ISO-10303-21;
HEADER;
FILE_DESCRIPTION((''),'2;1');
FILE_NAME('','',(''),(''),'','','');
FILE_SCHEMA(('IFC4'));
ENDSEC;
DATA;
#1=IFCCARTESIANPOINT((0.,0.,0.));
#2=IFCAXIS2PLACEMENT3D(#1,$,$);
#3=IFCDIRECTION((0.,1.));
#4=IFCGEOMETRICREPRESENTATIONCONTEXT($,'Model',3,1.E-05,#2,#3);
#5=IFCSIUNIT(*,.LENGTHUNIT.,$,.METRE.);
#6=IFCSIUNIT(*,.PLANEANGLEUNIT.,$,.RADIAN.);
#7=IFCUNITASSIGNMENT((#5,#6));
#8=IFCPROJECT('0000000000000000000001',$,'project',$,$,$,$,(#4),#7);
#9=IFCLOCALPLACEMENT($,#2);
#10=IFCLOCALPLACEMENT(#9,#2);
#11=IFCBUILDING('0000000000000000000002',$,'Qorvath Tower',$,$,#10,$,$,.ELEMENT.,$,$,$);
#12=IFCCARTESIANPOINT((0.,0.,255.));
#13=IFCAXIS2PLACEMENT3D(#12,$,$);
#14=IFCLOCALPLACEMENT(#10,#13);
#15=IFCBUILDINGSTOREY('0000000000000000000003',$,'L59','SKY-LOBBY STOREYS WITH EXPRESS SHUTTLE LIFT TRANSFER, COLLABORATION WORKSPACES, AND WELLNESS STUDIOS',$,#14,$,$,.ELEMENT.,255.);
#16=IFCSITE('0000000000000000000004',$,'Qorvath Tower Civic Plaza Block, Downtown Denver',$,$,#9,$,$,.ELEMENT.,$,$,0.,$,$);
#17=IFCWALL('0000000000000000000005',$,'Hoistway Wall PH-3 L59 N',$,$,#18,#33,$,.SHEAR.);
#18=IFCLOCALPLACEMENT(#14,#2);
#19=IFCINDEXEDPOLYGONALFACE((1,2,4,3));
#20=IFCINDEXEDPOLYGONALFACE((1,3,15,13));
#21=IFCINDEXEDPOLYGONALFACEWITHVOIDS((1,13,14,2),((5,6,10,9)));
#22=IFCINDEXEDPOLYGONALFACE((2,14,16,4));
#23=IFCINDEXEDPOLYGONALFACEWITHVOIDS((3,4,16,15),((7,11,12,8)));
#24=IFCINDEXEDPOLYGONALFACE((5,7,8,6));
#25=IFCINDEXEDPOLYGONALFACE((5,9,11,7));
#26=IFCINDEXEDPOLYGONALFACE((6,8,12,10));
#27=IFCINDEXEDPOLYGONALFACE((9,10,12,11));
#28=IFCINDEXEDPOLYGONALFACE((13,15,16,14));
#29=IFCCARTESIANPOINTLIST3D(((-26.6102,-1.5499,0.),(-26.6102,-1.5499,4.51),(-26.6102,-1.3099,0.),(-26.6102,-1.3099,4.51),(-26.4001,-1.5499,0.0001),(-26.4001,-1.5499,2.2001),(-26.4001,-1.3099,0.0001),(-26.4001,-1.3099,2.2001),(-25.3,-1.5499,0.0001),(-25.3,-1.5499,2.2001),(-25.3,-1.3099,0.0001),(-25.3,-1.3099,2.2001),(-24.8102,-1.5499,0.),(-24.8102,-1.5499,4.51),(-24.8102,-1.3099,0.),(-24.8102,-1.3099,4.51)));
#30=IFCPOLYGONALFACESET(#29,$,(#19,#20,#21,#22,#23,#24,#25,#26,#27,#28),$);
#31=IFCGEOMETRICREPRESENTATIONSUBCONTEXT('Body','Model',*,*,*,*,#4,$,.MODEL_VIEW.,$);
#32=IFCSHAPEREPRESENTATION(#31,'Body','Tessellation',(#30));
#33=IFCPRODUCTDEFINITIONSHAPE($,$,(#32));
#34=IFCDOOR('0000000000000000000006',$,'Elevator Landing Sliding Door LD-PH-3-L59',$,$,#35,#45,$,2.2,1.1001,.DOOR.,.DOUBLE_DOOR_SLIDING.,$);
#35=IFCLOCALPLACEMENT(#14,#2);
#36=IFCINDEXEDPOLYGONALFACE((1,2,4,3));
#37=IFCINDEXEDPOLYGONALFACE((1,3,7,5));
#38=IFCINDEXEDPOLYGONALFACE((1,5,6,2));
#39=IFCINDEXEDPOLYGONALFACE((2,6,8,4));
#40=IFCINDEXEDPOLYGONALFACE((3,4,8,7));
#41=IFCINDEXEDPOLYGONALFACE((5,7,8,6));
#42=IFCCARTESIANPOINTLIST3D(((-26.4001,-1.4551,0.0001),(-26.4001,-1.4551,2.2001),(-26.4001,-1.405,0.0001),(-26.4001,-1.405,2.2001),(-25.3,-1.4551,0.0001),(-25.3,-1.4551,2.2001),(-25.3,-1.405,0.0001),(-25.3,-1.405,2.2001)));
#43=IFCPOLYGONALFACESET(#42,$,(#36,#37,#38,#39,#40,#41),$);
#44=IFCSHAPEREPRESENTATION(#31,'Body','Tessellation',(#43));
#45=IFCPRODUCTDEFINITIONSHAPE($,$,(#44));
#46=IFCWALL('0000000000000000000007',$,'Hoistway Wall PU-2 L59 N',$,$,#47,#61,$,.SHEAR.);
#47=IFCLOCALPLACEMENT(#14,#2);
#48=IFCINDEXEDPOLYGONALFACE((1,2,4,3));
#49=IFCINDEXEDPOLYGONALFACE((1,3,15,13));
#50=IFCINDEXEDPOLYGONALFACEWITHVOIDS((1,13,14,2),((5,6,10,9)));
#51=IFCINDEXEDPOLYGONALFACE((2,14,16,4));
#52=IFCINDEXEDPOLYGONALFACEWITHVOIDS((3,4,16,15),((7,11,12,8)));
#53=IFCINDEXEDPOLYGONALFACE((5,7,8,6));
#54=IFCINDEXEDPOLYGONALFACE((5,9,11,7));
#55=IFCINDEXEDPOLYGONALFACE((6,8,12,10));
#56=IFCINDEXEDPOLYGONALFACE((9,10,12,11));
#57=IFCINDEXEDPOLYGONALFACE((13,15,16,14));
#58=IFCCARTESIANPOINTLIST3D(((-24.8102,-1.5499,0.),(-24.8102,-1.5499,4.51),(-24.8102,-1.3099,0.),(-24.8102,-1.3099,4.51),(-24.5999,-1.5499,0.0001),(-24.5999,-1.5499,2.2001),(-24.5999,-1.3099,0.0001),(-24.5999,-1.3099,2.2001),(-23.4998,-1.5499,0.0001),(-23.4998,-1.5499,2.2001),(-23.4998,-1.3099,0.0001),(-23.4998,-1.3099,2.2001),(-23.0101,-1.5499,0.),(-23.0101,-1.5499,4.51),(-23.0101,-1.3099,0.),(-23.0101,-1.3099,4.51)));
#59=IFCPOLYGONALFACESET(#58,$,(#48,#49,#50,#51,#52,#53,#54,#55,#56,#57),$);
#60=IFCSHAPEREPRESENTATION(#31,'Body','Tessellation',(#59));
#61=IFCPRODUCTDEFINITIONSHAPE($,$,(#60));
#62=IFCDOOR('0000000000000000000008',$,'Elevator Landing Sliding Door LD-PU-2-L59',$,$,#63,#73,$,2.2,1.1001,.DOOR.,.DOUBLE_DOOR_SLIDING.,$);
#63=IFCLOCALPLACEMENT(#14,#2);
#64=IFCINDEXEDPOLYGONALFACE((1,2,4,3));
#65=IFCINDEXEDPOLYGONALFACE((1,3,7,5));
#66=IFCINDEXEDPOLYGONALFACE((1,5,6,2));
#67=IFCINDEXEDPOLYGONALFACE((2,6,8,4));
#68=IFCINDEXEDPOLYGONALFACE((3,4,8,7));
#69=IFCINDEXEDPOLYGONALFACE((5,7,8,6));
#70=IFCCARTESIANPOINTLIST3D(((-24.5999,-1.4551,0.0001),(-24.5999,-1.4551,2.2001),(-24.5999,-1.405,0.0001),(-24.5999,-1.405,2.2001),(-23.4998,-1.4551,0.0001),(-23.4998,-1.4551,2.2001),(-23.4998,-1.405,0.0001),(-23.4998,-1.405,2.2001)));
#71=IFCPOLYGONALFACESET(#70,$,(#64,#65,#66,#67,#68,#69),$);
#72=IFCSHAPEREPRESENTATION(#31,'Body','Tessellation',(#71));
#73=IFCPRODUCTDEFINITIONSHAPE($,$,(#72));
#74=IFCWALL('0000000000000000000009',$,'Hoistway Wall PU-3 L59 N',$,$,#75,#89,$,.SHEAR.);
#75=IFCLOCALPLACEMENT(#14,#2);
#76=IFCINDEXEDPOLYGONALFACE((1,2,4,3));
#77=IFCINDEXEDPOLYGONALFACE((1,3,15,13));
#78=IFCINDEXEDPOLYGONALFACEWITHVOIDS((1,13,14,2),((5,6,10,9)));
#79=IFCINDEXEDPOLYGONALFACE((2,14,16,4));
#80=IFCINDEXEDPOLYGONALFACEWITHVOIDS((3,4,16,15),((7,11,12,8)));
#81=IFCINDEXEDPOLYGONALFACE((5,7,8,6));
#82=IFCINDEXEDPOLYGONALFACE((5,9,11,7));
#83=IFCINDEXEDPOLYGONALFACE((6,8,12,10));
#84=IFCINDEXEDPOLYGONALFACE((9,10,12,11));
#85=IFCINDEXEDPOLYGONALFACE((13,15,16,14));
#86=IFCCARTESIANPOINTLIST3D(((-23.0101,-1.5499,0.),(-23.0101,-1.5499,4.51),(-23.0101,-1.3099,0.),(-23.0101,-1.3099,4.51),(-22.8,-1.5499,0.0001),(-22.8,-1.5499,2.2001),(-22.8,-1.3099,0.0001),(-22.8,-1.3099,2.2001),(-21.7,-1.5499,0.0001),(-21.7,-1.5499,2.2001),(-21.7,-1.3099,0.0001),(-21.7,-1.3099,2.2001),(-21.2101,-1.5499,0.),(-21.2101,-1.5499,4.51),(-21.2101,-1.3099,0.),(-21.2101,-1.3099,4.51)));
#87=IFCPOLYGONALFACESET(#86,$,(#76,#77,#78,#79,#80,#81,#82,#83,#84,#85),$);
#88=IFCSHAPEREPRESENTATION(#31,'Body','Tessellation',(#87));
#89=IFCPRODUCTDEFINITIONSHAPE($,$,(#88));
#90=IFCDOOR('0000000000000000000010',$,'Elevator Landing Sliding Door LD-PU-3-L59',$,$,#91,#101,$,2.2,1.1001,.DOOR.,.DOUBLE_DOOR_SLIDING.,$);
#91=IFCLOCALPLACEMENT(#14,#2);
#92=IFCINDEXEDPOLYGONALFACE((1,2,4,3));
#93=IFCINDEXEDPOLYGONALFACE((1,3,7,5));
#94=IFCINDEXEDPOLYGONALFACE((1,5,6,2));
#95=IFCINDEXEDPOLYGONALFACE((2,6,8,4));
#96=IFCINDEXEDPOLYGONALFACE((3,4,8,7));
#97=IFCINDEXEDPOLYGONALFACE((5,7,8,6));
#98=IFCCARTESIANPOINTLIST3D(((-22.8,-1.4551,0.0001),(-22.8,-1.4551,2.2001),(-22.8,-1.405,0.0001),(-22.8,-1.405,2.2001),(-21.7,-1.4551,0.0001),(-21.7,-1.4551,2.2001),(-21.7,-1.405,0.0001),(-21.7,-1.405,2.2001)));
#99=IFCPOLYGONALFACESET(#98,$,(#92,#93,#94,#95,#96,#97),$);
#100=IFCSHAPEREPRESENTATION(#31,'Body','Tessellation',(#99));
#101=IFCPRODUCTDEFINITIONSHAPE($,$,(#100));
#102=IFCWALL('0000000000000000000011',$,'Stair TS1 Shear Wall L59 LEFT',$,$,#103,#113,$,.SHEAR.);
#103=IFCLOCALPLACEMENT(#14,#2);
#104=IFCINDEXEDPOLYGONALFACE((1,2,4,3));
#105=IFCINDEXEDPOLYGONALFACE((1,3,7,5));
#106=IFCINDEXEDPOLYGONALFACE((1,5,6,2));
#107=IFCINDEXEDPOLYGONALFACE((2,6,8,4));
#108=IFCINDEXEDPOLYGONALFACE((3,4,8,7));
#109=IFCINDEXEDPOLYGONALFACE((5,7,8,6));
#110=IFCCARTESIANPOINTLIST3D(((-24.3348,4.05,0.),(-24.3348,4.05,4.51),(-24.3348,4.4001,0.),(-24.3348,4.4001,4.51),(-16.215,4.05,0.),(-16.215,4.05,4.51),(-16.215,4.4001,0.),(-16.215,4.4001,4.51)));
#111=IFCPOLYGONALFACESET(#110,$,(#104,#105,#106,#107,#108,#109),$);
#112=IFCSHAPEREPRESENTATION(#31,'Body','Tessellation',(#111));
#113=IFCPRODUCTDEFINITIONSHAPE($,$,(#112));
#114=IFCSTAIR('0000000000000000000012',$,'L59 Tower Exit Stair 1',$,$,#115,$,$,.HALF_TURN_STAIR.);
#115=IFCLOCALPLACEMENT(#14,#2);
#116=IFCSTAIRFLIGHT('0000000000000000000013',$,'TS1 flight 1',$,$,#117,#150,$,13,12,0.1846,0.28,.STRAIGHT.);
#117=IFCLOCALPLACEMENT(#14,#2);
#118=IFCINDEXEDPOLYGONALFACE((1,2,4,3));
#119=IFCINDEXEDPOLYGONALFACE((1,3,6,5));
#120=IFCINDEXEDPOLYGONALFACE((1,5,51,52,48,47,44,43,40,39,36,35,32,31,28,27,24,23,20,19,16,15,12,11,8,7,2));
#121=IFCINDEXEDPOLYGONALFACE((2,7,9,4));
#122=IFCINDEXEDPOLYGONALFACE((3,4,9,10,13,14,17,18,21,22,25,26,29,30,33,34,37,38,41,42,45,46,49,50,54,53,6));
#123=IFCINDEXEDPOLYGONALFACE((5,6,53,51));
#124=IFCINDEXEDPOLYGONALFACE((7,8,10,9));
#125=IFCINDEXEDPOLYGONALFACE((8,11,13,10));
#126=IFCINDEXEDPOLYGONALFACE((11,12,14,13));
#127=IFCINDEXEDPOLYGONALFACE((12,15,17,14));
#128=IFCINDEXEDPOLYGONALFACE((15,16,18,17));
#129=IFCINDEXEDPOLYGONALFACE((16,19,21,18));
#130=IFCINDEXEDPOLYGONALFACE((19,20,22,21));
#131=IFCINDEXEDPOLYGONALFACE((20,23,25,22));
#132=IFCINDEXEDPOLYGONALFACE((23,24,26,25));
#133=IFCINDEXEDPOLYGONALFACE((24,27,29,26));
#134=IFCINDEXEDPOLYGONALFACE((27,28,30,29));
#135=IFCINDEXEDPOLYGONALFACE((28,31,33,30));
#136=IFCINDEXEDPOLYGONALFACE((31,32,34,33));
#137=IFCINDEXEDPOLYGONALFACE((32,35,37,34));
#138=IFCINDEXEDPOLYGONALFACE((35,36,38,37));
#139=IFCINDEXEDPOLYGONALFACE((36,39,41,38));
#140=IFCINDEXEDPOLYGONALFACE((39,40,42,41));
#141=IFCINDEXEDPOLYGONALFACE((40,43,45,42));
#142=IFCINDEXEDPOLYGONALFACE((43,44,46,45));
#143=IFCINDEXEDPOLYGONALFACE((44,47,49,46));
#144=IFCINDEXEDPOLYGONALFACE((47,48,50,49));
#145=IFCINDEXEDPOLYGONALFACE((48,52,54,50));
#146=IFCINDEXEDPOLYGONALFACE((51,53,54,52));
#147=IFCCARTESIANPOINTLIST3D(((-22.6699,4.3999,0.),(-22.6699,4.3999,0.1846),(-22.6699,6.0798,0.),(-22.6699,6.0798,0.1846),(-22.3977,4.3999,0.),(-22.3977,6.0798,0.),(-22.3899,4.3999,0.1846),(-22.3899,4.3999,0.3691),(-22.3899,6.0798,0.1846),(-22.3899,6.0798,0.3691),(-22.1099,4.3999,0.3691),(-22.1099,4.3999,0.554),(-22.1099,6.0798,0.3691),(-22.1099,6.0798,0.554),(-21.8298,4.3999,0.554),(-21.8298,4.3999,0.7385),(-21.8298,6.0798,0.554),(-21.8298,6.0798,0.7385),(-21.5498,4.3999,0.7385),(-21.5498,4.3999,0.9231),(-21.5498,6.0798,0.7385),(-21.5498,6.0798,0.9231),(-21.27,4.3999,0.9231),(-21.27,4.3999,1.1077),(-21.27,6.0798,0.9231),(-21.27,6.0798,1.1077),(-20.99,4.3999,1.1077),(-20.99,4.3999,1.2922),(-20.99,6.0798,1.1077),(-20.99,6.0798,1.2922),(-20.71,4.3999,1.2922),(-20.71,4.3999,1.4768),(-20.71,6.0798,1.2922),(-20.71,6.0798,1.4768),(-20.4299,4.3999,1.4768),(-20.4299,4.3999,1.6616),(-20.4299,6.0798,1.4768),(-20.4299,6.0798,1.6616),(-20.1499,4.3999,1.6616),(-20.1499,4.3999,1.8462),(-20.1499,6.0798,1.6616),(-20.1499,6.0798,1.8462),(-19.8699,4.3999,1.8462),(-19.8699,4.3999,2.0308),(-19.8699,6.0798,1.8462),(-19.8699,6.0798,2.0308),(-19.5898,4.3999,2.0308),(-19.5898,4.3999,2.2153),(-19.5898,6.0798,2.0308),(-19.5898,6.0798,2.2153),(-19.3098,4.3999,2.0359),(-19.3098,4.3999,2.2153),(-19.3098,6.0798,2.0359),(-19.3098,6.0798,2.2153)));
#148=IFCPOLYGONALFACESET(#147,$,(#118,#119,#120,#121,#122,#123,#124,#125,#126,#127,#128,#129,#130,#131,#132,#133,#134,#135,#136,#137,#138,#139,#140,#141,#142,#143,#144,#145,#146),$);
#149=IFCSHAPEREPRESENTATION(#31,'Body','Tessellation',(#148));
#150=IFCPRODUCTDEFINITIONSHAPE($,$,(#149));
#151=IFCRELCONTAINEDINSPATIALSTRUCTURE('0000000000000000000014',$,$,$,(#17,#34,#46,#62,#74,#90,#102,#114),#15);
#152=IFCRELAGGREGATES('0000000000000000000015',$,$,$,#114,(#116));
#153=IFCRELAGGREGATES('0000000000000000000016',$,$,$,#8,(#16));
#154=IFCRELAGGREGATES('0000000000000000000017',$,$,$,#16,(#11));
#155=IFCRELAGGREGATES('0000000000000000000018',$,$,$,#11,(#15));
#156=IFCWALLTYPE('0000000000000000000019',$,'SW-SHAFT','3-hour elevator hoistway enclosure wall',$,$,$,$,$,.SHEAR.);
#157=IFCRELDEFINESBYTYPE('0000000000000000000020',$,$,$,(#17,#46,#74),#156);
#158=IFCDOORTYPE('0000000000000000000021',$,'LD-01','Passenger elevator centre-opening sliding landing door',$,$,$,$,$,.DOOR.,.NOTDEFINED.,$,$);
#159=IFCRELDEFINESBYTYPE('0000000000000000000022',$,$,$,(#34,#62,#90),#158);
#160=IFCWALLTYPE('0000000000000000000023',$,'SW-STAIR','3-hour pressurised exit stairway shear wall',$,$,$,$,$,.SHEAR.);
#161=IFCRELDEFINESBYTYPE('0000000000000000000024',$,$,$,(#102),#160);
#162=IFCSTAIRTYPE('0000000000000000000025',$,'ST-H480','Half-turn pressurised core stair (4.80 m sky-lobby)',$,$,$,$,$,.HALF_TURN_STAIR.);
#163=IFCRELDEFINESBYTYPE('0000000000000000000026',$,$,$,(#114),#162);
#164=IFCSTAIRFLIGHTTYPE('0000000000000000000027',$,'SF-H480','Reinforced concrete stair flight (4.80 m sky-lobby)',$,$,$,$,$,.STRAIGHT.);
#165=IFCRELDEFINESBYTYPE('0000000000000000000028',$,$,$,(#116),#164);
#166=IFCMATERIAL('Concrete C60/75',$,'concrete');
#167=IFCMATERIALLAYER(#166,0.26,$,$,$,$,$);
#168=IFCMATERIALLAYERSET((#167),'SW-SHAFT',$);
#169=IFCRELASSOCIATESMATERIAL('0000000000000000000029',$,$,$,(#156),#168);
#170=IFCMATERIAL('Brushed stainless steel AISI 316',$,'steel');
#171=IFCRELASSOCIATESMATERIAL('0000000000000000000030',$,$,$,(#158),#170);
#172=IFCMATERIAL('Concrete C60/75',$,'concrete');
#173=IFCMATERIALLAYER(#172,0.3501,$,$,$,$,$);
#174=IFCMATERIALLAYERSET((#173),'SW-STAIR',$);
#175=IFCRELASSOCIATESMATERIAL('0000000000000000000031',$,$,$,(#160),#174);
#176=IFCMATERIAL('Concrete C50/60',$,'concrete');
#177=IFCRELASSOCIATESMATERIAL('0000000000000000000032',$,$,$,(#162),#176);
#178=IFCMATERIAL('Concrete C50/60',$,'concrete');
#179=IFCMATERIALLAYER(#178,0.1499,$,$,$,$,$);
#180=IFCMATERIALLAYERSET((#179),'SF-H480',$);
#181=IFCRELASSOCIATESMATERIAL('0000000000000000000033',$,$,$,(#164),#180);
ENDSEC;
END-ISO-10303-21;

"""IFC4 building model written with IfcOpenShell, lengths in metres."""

from ifc_helpers import new_model, si_unit, direction, frame, frame_2d, origin, place, context, subcontext, project, spatial, polyline, rectangle, outline, extrude, material, layer, layer_set, type_object, element, fill, aggregate, save


model = new_model("IFC4")

# Units and contexts
model_context = context("Model", 3, precision=1e-05, world=origin(), true_north=direction((0.0, 1.0)))
body_context = subcontext(model_context, "Body", "Model", "MODEL_VIEW")
ifc_project = project(units=[si_unit("LENGTHUNIT", "METRE"), si_unit("PLANEANGLEUNIT", "RADIAN")], contexts=[model_context])

# Site, building, storey
site_placement = place(None, origin())
site = spatial("IfcSite", under=ifc_project, at=site_placement, Name="Qorvath Tower Civic Plaza Block, Downtown Denver", CompositionType="ELEMENT", RefElevation=0.0)
building_placement = place(site_placement, origin())
building = spatial("IfcBuilding", under=site, at=building_placement, Name="Qorvath Tower", CompositionType="ELEMENT")
storey_placement = place(building_placement, frame((0.0, 0.0, 255.0)))
storey = spatial("IfcBuildingStorey", under=building, at=storey_placement, Name="L59", Description="SKY-LOBBY STOREYS WITH EXPRESS SHUTTLE LIFT TRANSFER, COLLABORATION WORKSPACES, AND WELLNESS STUDIOS", CompositionType="ELEMENT", Elevation=255.0)

# Shared definitions
ifc_material_1 = material(Name="Concrete C60/75", Category="concrete")
ifc_layer_1 = layer(ifc_material_1, 0.26)
ifc_layer_set_1 = layer_set([ifc_layer_1], Name="SW-SHAFT")
wall_type_1 = type_object("IfcWallType", Name="SW-SHAFT", Description="3-hour elevator hoistway enclosure wall", PredefinedType="SHEAR", material=ifc_layer_set_1)

# Shared definitions
ifc_material_2 = material(Name="Brushed stainless steel AISI 316", Category="steel")
door_type = type_object("IfcDoorType", Name="LD-01", Description="Passenger elevator centre-opening sliding landing door", OperationType="NOTDEFINED", PredefinedType="DOOR", material=ifc_material_2)

# Walls, openings, doors
wall_1_placement = place(storey_placement, frame((-26.6101, -1.4299, 0.0), z_axis=(0.0, 0.0, 1.0), x_axis=(1.0, 0.0, 0.0)))
wall_1 = element("IfcWall", 1, at=wall_1_placement, inside=storey, type_object=wall_type_1, Name="Hoistway Wall PH-3 L59 N", PredefinedType="SHEAR", context=body_context, shape_type="SweptSolid", body=[
    extrude(rectangle(XDim=1.8, YDim=0.24, at=frame_2d((0.8999, 0.0))), origin(), (0.0, 0.0, 1.0), 4.51),
])
opening_1_placement = place(wall_1_placement, frame((0.21, 0.0, 0.0)))
opening_1 = element("IfcOpeningElement", 2, at=opening_1_placement, cuts=wall_1, PredefinedType="OPENING", context=body_context, shape_type="SweptSolid", body=[
    extrude(rectangle(XDim=1.1001, YDim=2.2, at=frame_2d((0.55, 1.1001))), frame((0.0, 0.1299, 0.0), z_axis=(0.0, -1.0, 0.0), x_axis=(1.0, 0.0, 0.0)), (0.0, 0.0, 1.0), 0.26),
])
door_1_placement = place(opening_1_placement, origin())
door_1 = element("IfcDoor", 3, at=door_1_placement, inside=storey, type_object=door_type, Name="Elevator Landing Sliding Door LD-PH-3-L59", OperationType="DOUBLE_DOOR_SLIDING", OverallHeight=2.2, OverallWidth=1.1001, PredefinedType="DOOR", context=body_context, shape_type="SweptSolid", body=[
    extrude(rectangle(XDim=1.1001, YDim=2.2, at=frame_2d((0.55, 1.1001))), frame((0.0, 0.0249, 0.0), z_axis=(0.0, -1.0, 0.0), x_axis=(1.0, 0.0, 0.0)), (0.0, 0.0, 1.0), 0.05),
])
fill(opening_1, door_1)
wall_2_placement = place(storey_placement, frame((-24.8101, -1.4299, 0.0), z_axis=(0.0, 0.0, 1.0), x_axis=(1.0, 0.0, 0.0)))
wall_2 = element("IfcWall", 4, at=wall_2_placement, inside=storey, type_object=wall_type_1, Name="Hoistway Wall PU-2 L59 N", PredefinedType="SHEAR", context=body_context, shape_type="SweptSolid", body=[
    extrude(rectangle(XDim=1.8, YDim=0.24, at=frame_2d((0.8999, 0.0))), origin(), (0.0, 0.0, 1.0), 4.51),
])
opening_2_placement = place(wall_2_placement, frame((0.2102, 0.0, 0.0)))
opening_2 = element("IfcOpeningElement", 5, at=opening_2_placement, cuts=wall_2, PredefinedType="OPENING", context=body_context, shape_type="SweptSolid", body=[
    extrude(rectangle(XDim=1.1001, YDim=2.2, at=frame_2d((0.55, 1.1001))), frame((0.0, 0.1299, 0.0), z_axis=(0.0, -1.0, 0.0), x_axis=(1.0, 0.0, 0.0)), (0.0, 0.0, 1.0), 0.26),
])
door_2_placement = place(opening_2_placement, origin())
door_2 = element("IfcDoor", 6, at=door_2_placement, inside=storey, type_object=door_type, Name="Elevator Landing Sliding Door LD-PU-2-L59", OperationType="DOUBLE_DOOR_SLIDING", OverallHeight=2.2, OverallWidth=1.1001, PredefinedType="DOOR", context=body_context, shape_type="SweptSolid", body=[
    extrude(rectangle(XDim=1.1001, YDim=2.2, at=frame_2d((0.55, 1.1001))), frame((0.0, 0.0249, 0.0), z_axis=(0.0, -1.0, 0.0), x_axis=(1.0, 0.0, 0.0)), (0.0, 0.0, 1.0), 0.05),
])
fill(opening_2, door_2)
wall_3_placement = place(storey_placement, frame((-23.01, -1.4299, 0.0), z_axis=(0.0, 0.0, 1.0), x_axis=(1.0, 0.0, 0.0)))
wall_3 = element("IfcWall", 7, at=wall_3_placement, inside=storey, type_object=wall_type_1, Name="Hoistway Wall PU-3 L59 N", PredefinedType="SHEAR", context=body_context, shape_type="SweptSolid", body=[
    extrude(rectangle(XDim=1.8, YDim=0.24, at=frame_2d((0.8999, 0.0))), origin(), (0.0, 0.0, 1.0), 4.51),
])
opening_3_placement = place(wall_3_placement, frame((0.21, 0.0, 0.0)))
opening_3 = element("IfcOpeningElement", 8, at=opening_3_placement, cuts=wall_3, PredefinedType="OPENING", context=body_context, shape_type="SweptSolid", body=[
    extrude(rectangle(XDim=1.1001, YDim=2.2, at=frame_2d((0.55, 1.1001))), frame((0.0, 0.1299, 0.0), z_axis=(0.0, -1.0, 0.0), x_axis=(1.0, 0.0, 0.0)), (0.0, 0.0, 1.0), 0.26),
])
door_3_placement = place(opening_3_placement, origin())
door_3 = element("IfcDoor", 9, at=door_3_placement, inside=storey, type_object=door_type, Name="Elevator Landing Sliding Door LD-PU-3-L59", OperationType="DOUBLE_DOOR_SLIDING", OverallHeight=2.2, OverallWidth=1.1001, PredefinedType="DOOR", context=body_context, shape_type="SweptSolid", body=[
    extrude(rectangle(XDim=1.1001, YDim=2.2, at=frame_2d((0.55, 1.1001))), frame((0.0, 0.0249, 0.0), z_axis=(0.0, -1.0, 0.0), x_axis=(1.0, 0.0, 0.0)), (0.0, 0.0, 1.0), 0.05),
])
fill(opening_3, door_3)

# Wall
ifc_material_3 = material(Name="Concrete C60/75", Category="concrete")
ifc_layer_2 = layer(ifc_material_3, 0.3501)
ifc_layer_set_2 = layer_set([ifc_layer_2], Name="SW-STAIR")
wall_type_2 = type_object("IfcWallType", Name="SW-STAIR", Description="3-hour pressurised exit stairway shear wall", PredefinedType="SHEAR", material=ifc_layer_set_2)
wall_4_placement = place(storey_placement, frame((-24.335, 4.2251, 0.0), z_axis=(0.0, 0.0, 1.0), x_axis=(1.0, 0.0, 0.0)))
element("IfcWall", 10, at=wall_4_placement, inside=storey, type_object=wall_type_2, Name="Stair TS1 Shear Wall L59 LEFT", PredefinedType="SHEAR", context=body_context, shape_type="SweptSolid", body=[
    extrude(rectangle(XDim=8.1199, YDim=0.3501, at=frame_2d((4.0601, 0.0))), origin(), (0.0, 0.0, 1.0), 4.51),
])

# Stair, stair flight
ifc_material_4 = material(Name="Concrete C50/60", Category="concrete")
stair_type = type_object("IfcStairType", Name="ST-H480", Description="Half-turn pressurised core stair (4.80 m sky-lobby)", PredefinedType="HALF_TURN_STAIR", material=ifc_material_4)
stair_placement = place(storey_placement, origin())
stair = element("IfcStair", 11, at=stair_placement, inside=storey, type_object=stair_type, Name="L59 Tower Exit Stair 1", PredefinedType="HALF_TURN_STAIR")
ifc_material_5 = material(Name="Concrete C50/60", Category="concrete")
ifc_layer_3 = layer(ifc_material_5, 0.1499)
ifc_layer_set_3 = layer_set([ifc_layer_3], Name="SF-H480")
stair_flight_type = type_object("IfcStairFlightType", Name="SF-H480", Description="Reinforced concrete stair flight (4.80 m sky-lobby)", PredefinedType="STRAIGHT", material=ifc_layer_set_3)
stair_flight_placement = place(storey_placement, frame((-22.6699, 5.24, 0.0), z_axis=(0.0, 0.0, 1.0), x_axis=(1.0, 0.0, 0.0)))
stair_flight = element("IfcStairFlight", 12, at=stair_flight_placement, type_object=stair_flight_type, Name="TS1 flight 1", NumberOfRisers=13, NumberOfTreads=12, PredefinedType="STRAIGHT", RiserHeight=0.1846, TreadLength=0.28, context=body_context, shape_type="SweptSolid", body=[
    extrude(outline(polyline([(0.0, 0.0), (0.0, 0.1846), (0.28, 0.1846), (0.28, 0.3691), (0.5601, 0.3691), (0.5601, 0.554), (0.8401, 0.554), (0.8401, 0.7385), (1.1201, 0.7385), (1.1201, 0.9231), (1.3999, 0.9231), (1.3999, 1.1077), (1.6799, 1.1077), (1.6799, 1.2922), (1.96, 1.2922), (1.96, 1.4768), (2.24, 1.4768), (2.24, 1.6616), (2.52, 1.6616), (2.52, 1.8462), (2.8, 1.8462), (2.8, 2.0308), (3.0801, 2.0308), (3.0801, 2.2153), (3.3601, 2.2153), (3.3601, 2.3999), (3.3601, 2.0359), (0.2722, 0.0), (0.0, 0.0)])), frame((0.0, 0.8398, 0.0), z_axis=(0.0, -1.0, 0.0), x_axis=(1.0, 0.0, 0.0)), (0.0, 0.0, 1.0), 1.6799),
])
aggregate(stair, [stair_flight])

save(model, "model.ifc")
